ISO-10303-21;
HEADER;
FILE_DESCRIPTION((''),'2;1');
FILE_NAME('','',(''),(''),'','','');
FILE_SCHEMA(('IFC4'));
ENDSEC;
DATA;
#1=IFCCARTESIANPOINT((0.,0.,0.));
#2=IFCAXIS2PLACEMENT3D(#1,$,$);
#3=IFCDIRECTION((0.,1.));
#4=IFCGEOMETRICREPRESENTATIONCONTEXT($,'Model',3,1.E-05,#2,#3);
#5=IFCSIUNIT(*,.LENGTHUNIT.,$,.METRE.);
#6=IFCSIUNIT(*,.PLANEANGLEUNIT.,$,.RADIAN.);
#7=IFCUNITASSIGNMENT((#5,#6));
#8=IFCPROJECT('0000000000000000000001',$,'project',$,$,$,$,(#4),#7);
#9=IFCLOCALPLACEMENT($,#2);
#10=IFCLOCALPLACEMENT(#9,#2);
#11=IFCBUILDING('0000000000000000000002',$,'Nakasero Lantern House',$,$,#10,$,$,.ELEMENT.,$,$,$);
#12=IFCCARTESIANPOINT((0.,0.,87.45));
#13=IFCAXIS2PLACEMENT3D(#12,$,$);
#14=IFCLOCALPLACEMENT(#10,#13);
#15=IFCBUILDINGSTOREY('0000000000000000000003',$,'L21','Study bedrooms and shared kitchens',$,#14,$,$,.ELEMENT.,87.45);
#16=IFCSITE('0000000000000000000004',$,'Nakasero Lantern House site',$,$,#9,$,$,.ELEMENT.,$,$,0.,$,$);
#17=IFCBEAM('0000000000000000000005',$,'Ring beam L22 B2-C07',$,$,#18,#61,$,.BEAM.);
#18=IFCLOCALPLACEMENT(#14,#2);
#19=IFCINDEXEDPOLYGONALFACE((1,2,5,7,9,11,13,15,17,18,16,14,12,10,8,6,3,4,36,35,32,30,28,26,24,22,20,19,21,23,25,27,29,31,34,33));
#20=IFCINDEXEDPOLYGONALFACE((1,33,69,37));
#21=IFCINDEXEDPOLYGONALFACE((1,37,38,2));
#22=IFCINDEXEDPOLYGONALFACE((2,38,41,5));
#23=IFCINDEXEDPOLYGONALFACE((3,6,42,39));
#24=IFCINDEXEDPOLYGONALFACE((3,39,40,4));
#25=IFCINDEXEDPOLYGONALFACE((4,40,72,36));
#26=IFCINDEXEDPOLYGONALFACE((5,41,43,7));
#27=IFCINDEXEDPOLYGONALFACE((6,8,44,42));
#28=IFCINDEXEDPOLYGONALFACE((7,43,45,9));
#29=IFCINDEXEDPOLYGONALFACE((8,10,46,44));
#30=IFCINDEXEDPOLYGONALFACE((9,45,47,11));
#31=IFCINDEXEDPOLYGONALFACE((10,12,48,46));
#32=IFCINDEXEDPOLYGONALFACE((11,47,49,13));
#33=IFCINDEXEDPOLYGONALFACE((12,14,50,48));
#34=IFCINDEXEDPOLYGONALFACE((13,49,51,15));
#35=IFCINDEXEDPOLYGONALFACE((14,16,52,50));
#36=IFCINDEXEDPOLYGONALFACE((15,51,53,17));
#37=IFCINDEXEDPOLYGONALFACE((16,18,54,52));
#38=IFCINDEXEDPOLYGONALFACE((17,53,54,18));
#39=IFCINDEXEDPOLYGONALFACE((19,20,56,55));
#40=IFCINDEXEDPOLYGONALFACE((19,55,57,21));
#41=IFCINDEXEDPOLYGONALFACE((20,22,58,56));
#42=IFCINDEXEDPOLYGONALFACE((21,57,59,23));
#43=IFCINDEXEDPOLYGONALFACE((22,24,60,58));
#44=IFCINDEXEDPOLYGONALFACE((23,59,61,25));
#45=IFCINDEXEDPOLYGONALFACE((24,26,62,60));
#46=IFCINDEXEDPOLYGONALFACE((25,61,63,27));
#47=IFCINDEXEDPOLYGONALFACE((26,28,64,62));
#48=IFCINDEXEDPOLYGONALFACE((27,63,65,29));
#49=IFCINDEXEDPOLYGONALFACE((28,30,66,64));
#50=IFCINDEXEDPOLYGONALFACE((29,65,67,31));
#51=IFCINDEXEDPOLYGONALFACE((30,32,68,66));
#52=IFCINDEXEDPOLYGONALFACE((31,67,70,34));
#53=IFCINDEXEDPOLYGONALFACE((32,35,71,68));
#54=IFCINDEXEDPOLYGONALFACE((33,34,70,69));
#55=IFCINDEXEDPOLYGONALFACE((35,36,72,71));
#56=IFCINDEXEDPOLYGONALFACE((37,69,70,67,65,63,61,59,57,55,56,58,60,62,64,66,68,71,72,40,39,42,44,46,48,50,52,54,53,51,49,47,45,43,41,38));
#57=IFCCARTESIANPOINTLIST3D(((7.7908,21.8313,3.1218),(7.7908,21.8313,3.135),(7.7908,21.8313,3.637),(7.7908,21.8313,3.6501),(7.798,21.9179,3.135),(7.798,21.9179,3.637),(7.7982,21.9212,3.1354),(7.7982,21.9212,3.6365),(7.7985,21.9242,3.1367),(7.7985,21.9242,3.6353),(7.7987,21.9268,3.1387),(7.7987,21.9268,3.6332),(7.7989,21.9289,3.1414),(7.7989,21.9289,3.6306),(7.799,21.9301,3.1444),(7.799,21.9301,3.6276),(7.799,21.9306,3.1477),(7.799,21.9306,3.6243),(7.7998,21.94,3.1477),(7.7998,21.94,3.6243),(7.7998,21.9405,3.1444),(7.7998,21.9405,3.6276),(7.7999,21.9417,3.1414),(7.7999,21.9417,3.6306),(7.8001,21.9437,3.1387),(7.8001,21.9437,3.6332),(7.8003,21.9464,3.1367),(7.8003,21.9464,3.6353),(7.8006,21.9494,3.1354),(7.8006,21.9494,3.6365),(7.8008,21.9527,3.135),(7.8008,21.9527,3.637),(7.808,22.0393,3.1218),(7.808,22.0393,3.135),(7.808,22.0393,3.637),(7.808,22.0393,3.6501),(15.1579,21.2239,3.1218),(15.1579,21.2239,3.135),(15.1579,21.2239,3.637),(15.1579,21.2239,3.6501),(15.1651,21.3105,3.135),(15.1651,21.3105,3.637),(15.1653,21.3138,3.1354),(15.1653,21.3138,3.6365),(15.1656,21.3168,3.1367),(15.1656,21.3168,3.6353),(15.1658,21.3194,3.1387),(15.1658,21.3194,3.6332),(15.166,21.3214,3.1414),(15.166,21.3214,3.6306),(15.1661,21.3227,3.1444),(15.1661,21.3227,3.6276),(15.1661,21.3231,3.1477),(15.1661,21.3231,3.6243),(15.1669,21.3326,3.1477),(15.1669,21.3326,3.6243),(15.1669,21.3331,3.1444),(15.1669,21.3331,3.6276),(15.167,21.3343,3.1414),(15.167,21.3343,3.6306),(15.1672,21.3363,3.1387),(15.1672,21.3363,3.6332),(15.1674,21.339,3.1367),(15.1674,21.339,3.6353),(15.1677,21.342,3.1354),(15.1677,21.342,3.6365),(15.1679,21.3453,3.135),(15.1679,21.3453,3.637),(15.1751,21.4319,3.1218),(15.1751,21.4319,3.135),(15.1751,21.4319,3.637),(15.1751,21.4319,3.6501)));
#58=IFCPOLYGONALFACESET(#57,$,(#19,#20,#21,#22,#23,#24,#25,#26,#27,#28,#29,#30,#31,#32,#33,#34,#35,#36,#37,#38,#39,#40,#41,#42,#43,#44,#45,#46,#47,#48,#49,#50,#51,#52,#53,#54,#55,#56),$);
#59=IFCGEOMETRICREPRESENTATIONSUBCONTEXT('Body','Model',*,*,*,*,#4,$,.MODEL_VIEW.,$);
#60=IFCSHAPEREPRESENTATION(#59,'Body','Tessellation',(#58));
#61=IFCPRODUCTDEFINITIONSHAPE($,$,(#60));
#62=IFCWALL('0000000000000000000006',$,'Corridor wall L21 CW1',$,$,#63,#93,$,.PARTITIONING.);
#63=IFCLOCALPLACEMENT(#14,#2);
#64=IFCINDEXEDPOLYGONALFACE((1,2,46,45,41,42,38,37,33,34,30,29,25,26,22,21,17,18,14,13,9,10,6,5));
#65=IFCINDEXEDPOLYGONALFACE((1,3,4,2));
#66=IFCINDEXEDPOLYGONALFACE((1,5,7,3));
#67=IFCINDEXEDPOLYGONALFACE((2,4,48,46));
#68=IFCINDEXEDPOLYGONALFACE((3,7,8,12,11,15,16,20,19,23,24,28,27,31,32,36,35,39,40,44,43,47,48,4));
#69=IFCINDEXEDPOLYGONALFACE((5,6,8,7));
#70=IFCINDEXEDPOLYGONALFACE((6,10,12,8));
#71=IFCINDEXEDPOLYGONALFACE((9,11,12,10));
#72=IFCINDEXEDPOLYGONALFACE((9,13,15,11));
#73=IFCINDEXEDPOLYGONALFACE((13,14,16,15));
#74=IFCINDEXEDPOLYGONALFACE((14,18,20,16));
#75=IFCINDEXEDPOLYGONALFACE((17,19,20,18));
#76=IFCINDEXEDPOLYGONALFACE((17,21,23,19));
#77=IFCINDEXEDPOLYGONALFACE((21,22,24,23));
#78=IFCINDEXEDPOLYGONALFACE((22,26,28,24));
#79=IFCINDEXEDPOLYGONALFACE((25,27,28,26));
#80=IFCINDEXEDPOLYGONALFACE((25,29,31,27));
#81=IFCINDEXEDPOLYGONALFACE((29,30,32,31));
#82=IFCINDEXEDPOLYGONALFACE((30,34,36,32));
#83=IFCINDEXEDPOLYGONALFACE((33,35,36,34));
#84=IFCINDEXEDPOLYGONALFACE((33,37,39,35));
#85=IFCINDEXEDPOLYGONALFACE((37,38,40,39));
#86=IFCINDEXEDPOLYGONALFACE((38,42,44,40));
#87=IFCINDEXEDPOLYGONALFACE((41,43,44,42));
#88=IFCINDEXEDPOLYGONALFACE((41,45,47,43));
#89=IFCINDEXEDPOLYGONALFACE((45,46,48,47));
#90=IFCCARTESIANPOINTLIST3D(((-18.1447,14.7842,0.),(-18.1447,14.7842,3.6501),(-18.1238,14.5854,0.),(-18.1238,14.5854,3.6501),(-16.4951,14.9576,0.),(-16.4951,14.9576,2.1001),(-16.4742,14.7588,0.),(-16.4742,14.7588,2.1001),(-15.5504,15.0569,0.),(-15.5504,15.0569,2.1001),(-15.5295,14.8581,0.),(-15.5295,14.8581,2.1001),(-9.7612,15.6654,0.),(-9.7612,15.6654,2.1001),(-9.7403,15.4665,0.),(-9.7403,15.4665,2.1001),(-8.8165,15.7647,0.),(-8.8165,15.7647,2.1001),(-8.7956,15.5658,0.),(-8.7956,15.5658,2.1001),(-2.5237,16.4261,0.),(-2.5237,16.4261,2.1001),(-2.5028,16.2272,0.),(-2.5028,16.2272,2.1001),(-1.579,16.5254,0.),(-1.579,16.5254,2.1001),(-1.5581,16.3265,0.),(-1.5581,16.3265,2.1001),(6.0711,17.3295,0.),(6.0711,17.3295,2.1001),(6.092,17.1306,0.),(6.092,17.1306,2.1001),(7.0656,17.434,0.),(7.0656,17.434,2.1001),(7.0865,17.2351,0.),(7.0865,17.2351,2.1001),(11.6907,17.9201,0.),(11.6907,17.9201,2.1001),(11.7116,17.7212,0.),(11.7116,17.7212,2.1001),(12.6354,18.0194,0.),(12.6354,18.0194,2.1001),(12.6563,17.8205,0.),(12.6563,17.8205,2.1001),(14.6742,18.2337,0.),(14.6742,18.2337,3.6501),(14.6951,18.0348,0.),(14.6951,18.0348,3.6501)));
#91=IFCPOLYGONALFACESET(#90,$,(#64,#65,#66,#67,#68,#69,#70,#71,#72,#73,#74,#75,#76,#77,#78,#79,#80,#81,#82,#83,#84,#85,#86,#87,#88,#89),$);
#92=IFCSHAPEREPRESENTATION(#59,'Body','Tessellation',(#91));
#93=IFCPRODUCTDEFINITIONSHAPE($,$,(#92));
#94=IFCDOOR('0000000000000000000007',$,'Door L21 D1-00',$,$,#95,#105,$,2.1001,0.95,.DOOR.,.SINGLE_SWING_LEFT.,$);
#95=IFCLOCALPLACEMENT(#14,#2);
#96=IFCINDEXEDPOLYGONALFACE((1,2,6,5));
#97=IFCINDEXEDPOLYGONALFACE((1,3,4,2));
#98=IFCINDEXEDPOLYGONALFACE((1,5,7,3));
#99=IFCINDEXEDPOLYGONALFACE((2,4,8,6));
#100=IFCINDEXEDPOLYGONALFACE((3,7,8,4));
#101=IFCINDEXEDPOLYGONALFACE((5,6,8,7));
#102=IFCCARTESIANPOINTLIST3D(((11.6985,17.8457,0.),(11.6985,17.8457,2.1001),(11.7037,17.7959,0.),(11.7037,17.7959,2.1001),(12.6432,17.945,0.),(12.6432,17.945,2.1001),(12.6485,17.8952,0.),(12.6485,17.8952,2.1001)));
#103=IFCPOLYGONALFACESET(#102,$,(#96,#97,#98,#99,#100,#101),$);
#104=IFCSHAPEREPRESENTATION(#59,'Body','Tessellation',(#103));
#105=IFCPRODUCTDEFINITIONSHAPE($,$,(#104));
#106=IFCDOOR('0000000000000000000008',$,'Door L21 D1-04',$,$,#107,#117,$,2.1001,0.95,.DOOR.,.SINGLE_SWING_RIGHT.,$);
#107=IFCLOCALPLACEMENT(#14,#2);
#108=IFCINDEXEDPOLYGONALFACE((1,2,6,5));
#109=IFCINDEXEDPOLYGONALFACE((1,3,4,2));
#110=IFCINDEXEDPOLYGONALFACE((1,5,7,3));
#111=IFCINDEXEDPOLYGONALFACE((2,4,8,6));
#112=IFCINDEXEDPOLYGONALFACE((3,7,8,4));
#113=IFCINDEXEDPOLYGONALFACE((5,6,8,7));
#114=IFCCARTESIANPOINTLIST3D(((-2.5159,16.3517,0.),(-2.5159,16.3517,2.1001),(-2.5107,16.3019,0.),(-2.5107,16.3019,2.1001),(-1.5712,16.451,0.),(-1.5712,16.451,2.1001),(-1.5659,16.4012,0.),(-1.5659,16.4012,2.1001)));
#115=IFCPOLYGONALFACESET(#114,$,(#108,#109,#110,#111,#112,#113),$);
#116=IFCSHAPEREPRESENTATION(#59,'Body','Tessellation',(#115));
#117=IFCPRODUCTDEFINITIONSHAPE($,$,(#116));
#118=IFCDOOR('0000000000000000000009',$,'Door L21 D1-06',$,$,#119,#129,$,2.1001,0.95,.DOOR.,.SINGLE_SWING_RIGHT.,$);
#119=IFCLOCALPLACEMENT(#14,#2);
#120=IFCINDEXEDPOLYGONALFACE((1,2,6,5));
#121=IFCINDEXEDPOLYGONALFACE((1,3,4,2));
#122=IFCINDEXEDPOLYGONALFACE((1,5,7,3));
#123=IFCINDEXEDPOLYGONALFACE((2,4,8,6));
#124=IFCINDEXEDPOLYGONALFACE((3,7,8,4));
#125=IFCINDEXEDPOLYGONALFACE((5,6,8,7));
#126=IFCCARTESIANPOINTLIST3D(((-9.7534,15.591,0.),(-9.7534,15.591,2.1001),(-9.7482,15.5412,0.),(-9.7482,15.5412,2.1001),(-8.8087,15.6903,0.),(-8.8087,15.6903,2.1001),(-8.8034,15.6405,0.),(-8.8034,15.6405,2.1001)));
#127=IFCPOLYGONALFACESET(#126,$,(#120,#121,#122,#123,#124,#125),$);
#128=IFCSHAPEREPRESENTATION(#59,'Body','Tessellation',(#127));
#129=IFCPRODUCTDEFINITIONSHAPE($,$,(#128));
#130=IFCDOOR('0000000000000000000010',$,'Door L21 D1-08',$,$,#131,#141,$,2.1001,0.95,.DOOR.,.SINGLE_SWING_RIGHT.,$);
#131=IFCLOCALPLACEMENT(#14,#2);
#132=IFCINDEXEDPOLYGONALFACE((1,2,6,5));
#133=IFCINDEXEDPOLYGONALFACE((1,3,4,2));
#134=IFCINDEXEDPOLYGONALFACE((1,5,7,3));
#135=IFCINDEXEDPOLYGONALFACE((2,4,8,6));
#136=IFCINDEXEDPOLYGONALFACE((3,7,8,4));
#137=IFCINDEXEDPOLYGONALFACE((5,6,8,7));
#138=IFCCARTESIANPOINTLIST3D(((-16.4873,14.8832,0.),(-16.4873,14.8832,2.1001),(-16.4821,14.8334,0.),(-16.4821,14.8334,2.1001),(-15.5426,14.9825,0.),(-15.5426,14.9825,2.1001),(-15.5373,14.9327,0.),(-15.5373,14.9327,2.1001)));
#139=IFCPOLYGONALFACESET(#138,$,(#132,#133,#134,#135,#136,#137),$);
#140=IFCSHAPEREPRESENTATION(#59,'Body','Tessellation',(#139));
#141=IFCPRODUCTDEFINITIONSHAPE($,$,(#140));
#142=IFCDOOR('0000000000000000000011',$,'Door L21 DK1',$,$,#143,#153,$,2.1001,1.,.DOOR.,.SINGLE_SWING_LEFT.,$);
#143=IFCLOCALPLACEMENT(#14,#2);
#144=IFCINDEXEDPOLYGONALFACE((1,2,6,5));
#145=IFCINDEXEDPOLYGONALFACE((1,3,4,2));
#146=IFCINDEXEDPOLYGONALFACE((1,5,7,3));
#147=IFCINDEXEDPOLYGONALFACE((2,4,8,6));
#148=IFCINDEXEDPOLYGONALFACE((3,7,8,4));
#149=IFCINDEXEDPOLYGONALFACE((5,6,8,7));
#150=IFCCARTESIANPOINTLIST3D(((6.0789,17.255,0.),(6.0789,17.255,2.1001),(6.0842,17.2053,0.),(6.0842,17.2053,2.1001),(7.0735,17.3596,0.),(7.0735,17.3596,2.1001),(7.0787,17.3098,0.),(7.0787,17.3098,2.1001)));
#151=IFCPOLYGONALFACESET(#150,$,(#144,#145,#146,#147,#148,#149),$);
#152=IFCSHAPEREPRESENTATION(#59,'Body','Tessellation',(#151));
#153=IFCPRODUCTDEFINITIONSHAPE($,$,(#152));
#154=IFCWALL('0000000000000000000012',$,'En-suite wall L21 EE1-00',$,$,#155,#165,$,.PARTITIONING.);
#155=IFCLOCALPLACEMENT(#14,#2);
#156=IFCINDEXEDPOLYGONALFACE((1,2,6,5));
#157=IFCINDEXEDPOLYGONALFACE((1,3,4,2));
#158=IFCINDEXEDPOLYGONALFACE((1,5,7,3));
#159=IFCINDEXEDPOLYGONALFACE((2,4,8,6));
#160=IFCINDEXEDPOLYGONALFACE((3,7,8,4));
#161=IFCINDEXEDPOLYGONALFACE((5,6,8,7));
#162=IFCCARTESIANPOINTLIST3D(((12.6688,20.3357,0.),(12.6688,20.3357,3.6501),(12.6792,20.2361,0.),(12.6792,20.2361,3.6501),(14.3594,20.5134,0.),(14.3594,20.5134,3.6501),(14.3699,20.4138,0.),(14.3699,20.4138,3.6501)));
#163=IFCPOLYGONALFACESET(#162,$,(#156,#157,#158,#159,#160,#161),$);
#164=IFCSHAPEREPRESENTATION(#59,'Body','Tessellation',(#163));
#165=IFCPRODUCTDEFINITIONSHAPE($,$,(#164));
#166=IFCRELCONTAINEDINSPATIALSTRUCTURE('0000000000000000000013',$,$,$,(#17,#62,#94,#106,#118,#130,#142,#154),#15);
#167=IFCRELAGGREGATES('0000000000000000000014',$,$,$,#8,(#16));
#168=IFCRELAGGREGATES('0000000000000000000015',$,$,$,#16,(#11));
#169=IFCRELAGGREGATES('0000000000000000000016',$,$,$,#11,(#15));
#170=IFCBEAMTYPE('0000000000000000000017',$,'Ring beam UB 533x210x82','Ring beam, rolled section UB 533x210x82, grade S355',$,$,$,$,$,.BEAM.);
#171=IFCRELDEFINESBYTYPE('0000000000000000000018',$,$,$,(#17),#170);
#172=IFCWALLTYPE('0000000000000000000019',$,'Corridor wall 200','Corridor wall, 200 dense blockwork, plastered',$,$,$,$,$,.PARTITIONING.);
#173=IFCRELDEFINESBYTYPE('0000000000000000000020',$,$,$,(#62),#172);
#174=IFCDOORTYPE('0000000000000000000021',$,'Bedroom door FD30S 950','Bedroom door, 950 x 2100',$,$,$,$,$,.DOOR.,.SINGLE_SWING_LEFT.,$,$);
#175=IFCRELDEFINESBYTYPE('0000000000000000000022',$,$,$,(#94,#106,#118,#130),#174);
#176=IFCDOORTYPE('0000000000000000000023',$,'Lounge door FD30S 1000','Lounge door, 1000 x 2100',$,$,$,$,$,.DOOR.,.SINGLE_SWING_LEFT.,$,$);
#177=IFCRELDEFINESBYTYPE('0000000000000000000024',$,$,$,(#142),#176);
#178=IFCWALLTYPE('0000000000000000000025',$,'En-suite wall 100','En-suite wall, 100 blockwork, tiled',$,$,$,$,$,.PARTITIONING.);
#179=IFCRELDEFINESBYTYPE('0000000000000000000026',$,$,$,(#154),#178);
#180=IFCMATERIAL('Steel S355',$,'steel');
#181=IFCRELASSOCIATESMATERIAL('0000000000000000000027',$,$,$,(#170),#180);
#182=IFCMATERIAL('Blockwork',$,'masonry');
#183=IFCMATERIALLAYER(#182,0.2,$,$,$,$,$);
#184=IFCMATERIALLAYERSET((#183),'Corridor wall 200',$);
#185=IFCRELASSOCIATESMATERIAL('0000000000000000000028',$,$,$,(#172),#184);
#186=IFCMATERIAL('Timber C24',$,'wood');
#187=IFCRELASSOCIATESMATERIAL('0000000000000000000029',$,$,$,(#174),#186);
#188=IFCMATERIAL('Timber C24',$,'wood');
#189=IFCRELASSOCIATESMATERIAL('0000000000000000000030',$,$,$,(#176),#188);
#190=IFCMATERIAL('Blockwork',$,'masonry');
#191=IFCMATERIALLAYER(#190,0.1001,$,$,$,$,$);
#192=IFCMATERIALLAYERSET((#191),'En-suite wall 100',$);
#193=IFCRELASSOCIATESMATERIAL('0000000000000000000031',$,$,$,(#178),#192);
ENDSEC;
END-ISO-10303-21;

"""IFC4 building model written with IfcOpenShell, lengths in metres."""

from ifc_helpers import new_model, si_unit, direction, frame, frame_2d, origin, origin_2d, place, context, subcontext, project, spatial, rectangle, i_section, extrude, material, layer, layer_set, material_profile, profile_set, type_object, element, fill, save


model = new_model("IFC4")

# Units and contexts
model_context = context("Model", 3, precision=1e-05, world=origin(), true_north=direction((0.0, 1.0)))
body_context = subcontext(model_context, "Body", "Model", "MODEL_VIEW")
ifc_project = project(units=[si_unit("LENGTHUNIT", "METRE"), si_unit("PLANEANGLEUNIT", "RADIAN")], contexts=[model_context])

# Site, building, storey
site_placement = place(None, origin())
site = spatial("IfcSite", under=ifc_project, at=site_placement, Name="Nakasero Lantern House site", CompositionType="ELEMENT", RefElevation=0.0)
building_placement = place(site_placement, origin())
building = spatial("IfcBuilding", under=site, at=building_placement, Name="Nakasero Lantern House", CompositionType="ELEMENT")
storey_placement = place(building_placement, frame((0.0, 0.0, 87.45)))
storey = spatial("IfcBuildingStorey", under=building, at=storey_placement, Name="L21", Description="Study bedrooms and shared kitchens", CompositionType="ELEMENT", Elevation=87.45)

# Beam
ifc_material_1 = material(Name="Steel S355", Category="steel")
ifc_material_profile_1 = material_profile(ifc_material_1, i_section(OverallWidth=0.2087, OverallDepth=0.5283, WebThickness=0.0095, FlangeThickness=0.0132, FilletRadius=0.0127, at=origin_2d()), Name="UB 533x210x82")
ifc_profile_set_1 = profile_set([ifc_material_profile_1], Name="Steel S355")
beam_type_1 = type_object("IfcBeamType", Name="Ring beam UB 533x210x82", Description="Ring beam, rolled section UB 533x210x82, grade S355", PredefinedType="BEAM", material=ifc_profile_set_1)
beam_1_placement = place(storey_placement, frame((15.1665, 21.3279, 3.386), z_axis=(-0.996618, 0.082171, 0.0), x_axis=(-0.082171, -0.996618, 0.0)))
element("IfcBeam", 1, at=beam_1_placement, inside=storey, type_object=beam_type_1, Name="Ring beam L22 B2-C07", PredefinedType="BEAM", context=body_context, shape_type="SweptSolid", body=[
    extrude(i_section(OverallWidth=0.2087, OverallDepth=0.5283, WebThickness=0.0095, FlangeThickness=0.0132, FilletRadius=0.0127, at=origin_2d()), origin(), (0.0, 0.0, 1.0), 7.3921),
])

# Wall, openings, doors
ifc_material_2 = material(Name="Blockwork", Category="masonry")
ifc_layer_1 = layer(ifc_material_2, 0.2)
ifc_layer_set_1 = layer_set([ifc_layer_1], Name="Corridor wall 200")
wall_type_1 = type_object("IfcWallType", Name="Corridor wall 200", Description="Corridor wall, 200 dense blockwork, plastered", PredefinedType="PARTITIONING", material=ifc_layer_set_1)
wall_1_placement = place(storey_placement, frame((14.6848, 18.1343, 0.0), z_axis=(0.0, 0.0, 1.0), x_axis=(-0.994522, -0.10453, 0.0)))
wall_1 = element("IfcWall", 2, at=wall_1_placement, inside=storey, type_object=wall_type_1, Name="Corridor wall L21 CW1", PredefinedType="PARTITIONING", context=body_context, shape_type="SweptSolid", body=[
    extrude(rectangle(XDim=32.9998, YDim=0.2, at=frame_2d((16.5, 0.0))), origin(), (0.0, 0.0, 1.0), 3.6501),
])
opening_1_placement = place(wall_1_placement, frame((2.05, 0.0, 0.0)))
opening_1 = element("IfcOpeningElement", 3, at=opening_1_placement, cuts=wall_1, PredefinedType="OPENING", context=body_context, shape_type="SweptSolid", body=[
    extrude(rectangle(XDim=0.95, YDim=2.1001, at=frame_2d((0.4751, 1.05))), frame((0.0, 0.1199, 0.0), z_axis=(0.0, -1.0, 0.0), x_axis=(1.0, 0.0, 0.0)), (0.0, 0.0, 1.0), 0.24),
])
opening_2_placement = place(wall_1_placement, frame((16.3428, 0.0, 0.0)))
opening_2 = element("IfcOpeningElement", 4, at=opening_2_placement, cuts=wall_1, PredefinedType="OPENING", context=body_context, shape_type="SweptSolid", body=[
    extrude(rectangle(XDim=0.95, YDim=2.1001, at=frame_2d((0.4751, 1.05))), frame((0.0, 0.1199, 0.0), z_axis=(0.0, -1.0, 0.0), x_axis=(1.0, 0.0, 0.0)), (0.0, 0.0, 1.0), 0.24),
])
opening_3_placement = place(wall_1_placement, frame((23.6201, 0.0, 0.0)))
opening_3 = element("IfcOpeningElement", 5, at=opening_3_placement, cuts=wall_1, PredefinedType="OPENING", context=body_context, shape_type="SweptSolid", body=[
    extrude(rectangle(XDim=0.95, YDim=2.1001, at=frame_2d((0.4751, 1.05))), frame((0.0, 0.1199, 0.0), z_axis=(0.0, -1.0, 0.0), x_axis=(1.0, 0.0, 0.0)), (0.0, 0.0, 1.0), 0.24),
])
opening_4_placement = place(wall_1_placement, frame((30.3911, 0.0, 0.0)))
opening_4 = element("IfcOpeningElement", 6, at=opening_4_placement, cuts=wall_1, PredefinedType="OPENING", context=body_context, shape_type="SweptSolid", body=[
    extrude(rectangle(XDim=0.95, YDim=2.1001, at=frame_2d((0.4751, 1.05))), frame((0.0, 0.1199, 0.0), z_axis=(0.0, -1.0, 0.0), x_axis=(1.0, 0.0, 0.0)), (0.0, 0.0, 1.0), 0.24),
])
opening_5_placement = place(wall_1_placement, frame((7.6506, 0.0, 0.0)))
opening_5 = element("IfcOpeningElement", 7, at=opening_5_placement, cuts=wall_1, PredefinedType="OPENING", context=body_context, shape_type="SweptSolid", body=[
    extrude(rectangle(XDim=1.0, YDim=2.1001, at=frame_2d((0.5, 1.05))), frame((0.0, 0.1199, 0.0), z_axis=(0.0, -1.0, 0.0), x_axis=(1.0, 0.0, 0.0)), (0.0, 0.0, 1.0), 0.24),
])
ifc_material_3 = material(Name="Timber C24", Category="wood")
door_type_1 = type_object("IfcDoorType", Name="Bedroom door FD30S 950", Description="Bedroom door, 950 x 2100", OperationType="SINGLE_SWING_LEFT", PredefinedType="DOOR", material=ifc_material_3)
door_1_placement = place(opening_1_placement, origin())
door_1 = element("IfcDoor", 8, at=door_1_placement, inside=storey, type_object=door_type_1, Name="Door L21 D1-00", OperationType="SINGLE_SWING_LEFT", OverallHeight=2.1001, OverallWidth=0.95, PredefinedType="DOOR", context=body_context, shape_type="SweptSolid", body=[
    extrude(rectangle(XDim=0.95, YDim=2.1001, at=frame_2d((0.4751, 1.05))), frame((0.0, 0.0249, 0.0), z_axis=(0.0, -1.0, 0.0), x_axis=(1.0, 0.0, 0.0)), (0.0, 0.0, 1.0), 0.05),
])
fill(opening_1, door_1)
door_2_placement = place(opening_2_placement, origin())
door_2 = element("IfcDoor", 9, at=door_2_placement, inside=storey, type_object=door_type_1, Name="Door L21 D1-04", OperationType="SINGLE_SWING_RIGHT", OverallHeight=2.1001, OverallWidth=0.95, PredefinedType="DOOR", context=body_context, shape_type="SweptSolid", body=[
    extrude(rectangle(XDim=0.95, YDim=2.1001, at=frame_2d((0.4751, 1.05))), frame((0.0, 0.0249, 0.0), z_axis=(0.0, -1.0, 0.0), x_axis=(1.0, 0.0, 0.0)), (0.0, 0.0, 1.0), 0.05),
])
fill(opening_2, door_2)
door_3_placement = place(opening_3_placement, origin())
door_3 = element("IfcDoor", 10, at=door_3_placement, inside=storey, type_object=door_type_1, Name="Door L21 D1-06", OperationType="SINGLE_SWING_RIGHT", OverallHeight=2.1001, OverallWidth=0.95, PredefinedType="DOOR", context=body_context, shape_type="SweptSolid", body=[
    extrude(rectangle(XDim=0.95, YDim=2.1001, at=frame_2d((0.4751, 1.05))), frame((0.0, 0.0249, 0.0), z_axis=(0.0, -1.0, 0.0), x_axis=(1.0, 0.0, 0.0)), (0.0, 0.0, 1.0), 0.05),
])
fill(opening_3, door_3)
door_4_placement = place(opening_4_placement, origin())
door_4 = element("IfcDoor", 11, at=door_4_placement, inside=storey, type_object=door_type_1, Name="Door L21 D1-08", OperationType="SINGLE_SWING_RIGHT", OverallHeight=2.1001, OverallWidth=0.95, PredefinedType="DOOR", context=body_context, shape_type="SweptSolid", body=[
    extrude(rectangle(XDim=0.95, YDim=2.1001, at=frame_2d((0.4751, 1.05))), frame((0.0, 0.0249, 0.0), z_axis=(0.0, -1.0, 0.0), x_axis=(1.0, 0.0, 0.0)), (0.0, 0.0, 1.0), 0.05),
])
fill(opening_4, door_4)
ifc_material_4 = material(Name="Timber C24", Category="wood")
door_type_2 = type_object("IfcDoorType", Name="Lounge door FD30S 1000", Description="Lounge door, 1000 x 2100", OperationType="SINGLE_SWING_LEFT", PredefinedType="DOOR", material=ifc_material_4)
door_5_placement = place(opening_5_placement, origin())
door_5 = element("IfcDoor", 12, at=door_5_placement, inside=storey, type_object=door_type_2, Name="Door L21 DK1", OperationType="SINGLE_SWING_LEFT", OverallHeight=2.1001, OverallWidth=1.0, PredefinedType="DOOR", context=body_context, shape_type="SweptSolid", body=[
    extrude(rectangle(XDim=1.0, YDim=2.1001, at=frame_2d((0.5, 1.05))), frame((0.0, 0.0249, 0.0), z_axis=(0.0, -1.0, 0.0), x_axis=(1.0, 0.0, 0.0)), (0.0, 0.0, 1.0), 0.05),
])
fill(opening_5, door_5)

# Wall
ifc_material_5 = material(Name="Blockwork", Category="masonry")
ifc_layer_2 = layer(ifc_material_5, 0.1001)
ifc_layer_set_2 = layer_set([ifc_layer_2], Name="En-suite wall 100")
wall_type_2 = type_object("IfcWallType", Name="En-suite wall 100", Description="En-suite wall, 100 blockwork, tiled", PredefinedType="PARTITIONING", material=ifc_layer_set_2)
wall_2_placement = place(storey_placement, frame((14.3647, 20.4636, 0.0), z_axis=(0.0, 0.0, 1.0), x_axis=(-0.99452, -0.10455, 0.0)))
element("IfcWall", 13, at=wall_2_placement, inside=storey, type_object=wall_type_2, Name="En-suite wall L21 EE1-00", PredefinedType="PARTITIONING", context=body_context, shape_type="SweptSolid", body=[
    extrude(rectangle(XDim=1.7, YDim=0.1001, at=frame_2d((0.8501, 0.0))), origin(), (0.0, 0.0, 1.0), 3.6501),
])

save(model, "model.ifc")
